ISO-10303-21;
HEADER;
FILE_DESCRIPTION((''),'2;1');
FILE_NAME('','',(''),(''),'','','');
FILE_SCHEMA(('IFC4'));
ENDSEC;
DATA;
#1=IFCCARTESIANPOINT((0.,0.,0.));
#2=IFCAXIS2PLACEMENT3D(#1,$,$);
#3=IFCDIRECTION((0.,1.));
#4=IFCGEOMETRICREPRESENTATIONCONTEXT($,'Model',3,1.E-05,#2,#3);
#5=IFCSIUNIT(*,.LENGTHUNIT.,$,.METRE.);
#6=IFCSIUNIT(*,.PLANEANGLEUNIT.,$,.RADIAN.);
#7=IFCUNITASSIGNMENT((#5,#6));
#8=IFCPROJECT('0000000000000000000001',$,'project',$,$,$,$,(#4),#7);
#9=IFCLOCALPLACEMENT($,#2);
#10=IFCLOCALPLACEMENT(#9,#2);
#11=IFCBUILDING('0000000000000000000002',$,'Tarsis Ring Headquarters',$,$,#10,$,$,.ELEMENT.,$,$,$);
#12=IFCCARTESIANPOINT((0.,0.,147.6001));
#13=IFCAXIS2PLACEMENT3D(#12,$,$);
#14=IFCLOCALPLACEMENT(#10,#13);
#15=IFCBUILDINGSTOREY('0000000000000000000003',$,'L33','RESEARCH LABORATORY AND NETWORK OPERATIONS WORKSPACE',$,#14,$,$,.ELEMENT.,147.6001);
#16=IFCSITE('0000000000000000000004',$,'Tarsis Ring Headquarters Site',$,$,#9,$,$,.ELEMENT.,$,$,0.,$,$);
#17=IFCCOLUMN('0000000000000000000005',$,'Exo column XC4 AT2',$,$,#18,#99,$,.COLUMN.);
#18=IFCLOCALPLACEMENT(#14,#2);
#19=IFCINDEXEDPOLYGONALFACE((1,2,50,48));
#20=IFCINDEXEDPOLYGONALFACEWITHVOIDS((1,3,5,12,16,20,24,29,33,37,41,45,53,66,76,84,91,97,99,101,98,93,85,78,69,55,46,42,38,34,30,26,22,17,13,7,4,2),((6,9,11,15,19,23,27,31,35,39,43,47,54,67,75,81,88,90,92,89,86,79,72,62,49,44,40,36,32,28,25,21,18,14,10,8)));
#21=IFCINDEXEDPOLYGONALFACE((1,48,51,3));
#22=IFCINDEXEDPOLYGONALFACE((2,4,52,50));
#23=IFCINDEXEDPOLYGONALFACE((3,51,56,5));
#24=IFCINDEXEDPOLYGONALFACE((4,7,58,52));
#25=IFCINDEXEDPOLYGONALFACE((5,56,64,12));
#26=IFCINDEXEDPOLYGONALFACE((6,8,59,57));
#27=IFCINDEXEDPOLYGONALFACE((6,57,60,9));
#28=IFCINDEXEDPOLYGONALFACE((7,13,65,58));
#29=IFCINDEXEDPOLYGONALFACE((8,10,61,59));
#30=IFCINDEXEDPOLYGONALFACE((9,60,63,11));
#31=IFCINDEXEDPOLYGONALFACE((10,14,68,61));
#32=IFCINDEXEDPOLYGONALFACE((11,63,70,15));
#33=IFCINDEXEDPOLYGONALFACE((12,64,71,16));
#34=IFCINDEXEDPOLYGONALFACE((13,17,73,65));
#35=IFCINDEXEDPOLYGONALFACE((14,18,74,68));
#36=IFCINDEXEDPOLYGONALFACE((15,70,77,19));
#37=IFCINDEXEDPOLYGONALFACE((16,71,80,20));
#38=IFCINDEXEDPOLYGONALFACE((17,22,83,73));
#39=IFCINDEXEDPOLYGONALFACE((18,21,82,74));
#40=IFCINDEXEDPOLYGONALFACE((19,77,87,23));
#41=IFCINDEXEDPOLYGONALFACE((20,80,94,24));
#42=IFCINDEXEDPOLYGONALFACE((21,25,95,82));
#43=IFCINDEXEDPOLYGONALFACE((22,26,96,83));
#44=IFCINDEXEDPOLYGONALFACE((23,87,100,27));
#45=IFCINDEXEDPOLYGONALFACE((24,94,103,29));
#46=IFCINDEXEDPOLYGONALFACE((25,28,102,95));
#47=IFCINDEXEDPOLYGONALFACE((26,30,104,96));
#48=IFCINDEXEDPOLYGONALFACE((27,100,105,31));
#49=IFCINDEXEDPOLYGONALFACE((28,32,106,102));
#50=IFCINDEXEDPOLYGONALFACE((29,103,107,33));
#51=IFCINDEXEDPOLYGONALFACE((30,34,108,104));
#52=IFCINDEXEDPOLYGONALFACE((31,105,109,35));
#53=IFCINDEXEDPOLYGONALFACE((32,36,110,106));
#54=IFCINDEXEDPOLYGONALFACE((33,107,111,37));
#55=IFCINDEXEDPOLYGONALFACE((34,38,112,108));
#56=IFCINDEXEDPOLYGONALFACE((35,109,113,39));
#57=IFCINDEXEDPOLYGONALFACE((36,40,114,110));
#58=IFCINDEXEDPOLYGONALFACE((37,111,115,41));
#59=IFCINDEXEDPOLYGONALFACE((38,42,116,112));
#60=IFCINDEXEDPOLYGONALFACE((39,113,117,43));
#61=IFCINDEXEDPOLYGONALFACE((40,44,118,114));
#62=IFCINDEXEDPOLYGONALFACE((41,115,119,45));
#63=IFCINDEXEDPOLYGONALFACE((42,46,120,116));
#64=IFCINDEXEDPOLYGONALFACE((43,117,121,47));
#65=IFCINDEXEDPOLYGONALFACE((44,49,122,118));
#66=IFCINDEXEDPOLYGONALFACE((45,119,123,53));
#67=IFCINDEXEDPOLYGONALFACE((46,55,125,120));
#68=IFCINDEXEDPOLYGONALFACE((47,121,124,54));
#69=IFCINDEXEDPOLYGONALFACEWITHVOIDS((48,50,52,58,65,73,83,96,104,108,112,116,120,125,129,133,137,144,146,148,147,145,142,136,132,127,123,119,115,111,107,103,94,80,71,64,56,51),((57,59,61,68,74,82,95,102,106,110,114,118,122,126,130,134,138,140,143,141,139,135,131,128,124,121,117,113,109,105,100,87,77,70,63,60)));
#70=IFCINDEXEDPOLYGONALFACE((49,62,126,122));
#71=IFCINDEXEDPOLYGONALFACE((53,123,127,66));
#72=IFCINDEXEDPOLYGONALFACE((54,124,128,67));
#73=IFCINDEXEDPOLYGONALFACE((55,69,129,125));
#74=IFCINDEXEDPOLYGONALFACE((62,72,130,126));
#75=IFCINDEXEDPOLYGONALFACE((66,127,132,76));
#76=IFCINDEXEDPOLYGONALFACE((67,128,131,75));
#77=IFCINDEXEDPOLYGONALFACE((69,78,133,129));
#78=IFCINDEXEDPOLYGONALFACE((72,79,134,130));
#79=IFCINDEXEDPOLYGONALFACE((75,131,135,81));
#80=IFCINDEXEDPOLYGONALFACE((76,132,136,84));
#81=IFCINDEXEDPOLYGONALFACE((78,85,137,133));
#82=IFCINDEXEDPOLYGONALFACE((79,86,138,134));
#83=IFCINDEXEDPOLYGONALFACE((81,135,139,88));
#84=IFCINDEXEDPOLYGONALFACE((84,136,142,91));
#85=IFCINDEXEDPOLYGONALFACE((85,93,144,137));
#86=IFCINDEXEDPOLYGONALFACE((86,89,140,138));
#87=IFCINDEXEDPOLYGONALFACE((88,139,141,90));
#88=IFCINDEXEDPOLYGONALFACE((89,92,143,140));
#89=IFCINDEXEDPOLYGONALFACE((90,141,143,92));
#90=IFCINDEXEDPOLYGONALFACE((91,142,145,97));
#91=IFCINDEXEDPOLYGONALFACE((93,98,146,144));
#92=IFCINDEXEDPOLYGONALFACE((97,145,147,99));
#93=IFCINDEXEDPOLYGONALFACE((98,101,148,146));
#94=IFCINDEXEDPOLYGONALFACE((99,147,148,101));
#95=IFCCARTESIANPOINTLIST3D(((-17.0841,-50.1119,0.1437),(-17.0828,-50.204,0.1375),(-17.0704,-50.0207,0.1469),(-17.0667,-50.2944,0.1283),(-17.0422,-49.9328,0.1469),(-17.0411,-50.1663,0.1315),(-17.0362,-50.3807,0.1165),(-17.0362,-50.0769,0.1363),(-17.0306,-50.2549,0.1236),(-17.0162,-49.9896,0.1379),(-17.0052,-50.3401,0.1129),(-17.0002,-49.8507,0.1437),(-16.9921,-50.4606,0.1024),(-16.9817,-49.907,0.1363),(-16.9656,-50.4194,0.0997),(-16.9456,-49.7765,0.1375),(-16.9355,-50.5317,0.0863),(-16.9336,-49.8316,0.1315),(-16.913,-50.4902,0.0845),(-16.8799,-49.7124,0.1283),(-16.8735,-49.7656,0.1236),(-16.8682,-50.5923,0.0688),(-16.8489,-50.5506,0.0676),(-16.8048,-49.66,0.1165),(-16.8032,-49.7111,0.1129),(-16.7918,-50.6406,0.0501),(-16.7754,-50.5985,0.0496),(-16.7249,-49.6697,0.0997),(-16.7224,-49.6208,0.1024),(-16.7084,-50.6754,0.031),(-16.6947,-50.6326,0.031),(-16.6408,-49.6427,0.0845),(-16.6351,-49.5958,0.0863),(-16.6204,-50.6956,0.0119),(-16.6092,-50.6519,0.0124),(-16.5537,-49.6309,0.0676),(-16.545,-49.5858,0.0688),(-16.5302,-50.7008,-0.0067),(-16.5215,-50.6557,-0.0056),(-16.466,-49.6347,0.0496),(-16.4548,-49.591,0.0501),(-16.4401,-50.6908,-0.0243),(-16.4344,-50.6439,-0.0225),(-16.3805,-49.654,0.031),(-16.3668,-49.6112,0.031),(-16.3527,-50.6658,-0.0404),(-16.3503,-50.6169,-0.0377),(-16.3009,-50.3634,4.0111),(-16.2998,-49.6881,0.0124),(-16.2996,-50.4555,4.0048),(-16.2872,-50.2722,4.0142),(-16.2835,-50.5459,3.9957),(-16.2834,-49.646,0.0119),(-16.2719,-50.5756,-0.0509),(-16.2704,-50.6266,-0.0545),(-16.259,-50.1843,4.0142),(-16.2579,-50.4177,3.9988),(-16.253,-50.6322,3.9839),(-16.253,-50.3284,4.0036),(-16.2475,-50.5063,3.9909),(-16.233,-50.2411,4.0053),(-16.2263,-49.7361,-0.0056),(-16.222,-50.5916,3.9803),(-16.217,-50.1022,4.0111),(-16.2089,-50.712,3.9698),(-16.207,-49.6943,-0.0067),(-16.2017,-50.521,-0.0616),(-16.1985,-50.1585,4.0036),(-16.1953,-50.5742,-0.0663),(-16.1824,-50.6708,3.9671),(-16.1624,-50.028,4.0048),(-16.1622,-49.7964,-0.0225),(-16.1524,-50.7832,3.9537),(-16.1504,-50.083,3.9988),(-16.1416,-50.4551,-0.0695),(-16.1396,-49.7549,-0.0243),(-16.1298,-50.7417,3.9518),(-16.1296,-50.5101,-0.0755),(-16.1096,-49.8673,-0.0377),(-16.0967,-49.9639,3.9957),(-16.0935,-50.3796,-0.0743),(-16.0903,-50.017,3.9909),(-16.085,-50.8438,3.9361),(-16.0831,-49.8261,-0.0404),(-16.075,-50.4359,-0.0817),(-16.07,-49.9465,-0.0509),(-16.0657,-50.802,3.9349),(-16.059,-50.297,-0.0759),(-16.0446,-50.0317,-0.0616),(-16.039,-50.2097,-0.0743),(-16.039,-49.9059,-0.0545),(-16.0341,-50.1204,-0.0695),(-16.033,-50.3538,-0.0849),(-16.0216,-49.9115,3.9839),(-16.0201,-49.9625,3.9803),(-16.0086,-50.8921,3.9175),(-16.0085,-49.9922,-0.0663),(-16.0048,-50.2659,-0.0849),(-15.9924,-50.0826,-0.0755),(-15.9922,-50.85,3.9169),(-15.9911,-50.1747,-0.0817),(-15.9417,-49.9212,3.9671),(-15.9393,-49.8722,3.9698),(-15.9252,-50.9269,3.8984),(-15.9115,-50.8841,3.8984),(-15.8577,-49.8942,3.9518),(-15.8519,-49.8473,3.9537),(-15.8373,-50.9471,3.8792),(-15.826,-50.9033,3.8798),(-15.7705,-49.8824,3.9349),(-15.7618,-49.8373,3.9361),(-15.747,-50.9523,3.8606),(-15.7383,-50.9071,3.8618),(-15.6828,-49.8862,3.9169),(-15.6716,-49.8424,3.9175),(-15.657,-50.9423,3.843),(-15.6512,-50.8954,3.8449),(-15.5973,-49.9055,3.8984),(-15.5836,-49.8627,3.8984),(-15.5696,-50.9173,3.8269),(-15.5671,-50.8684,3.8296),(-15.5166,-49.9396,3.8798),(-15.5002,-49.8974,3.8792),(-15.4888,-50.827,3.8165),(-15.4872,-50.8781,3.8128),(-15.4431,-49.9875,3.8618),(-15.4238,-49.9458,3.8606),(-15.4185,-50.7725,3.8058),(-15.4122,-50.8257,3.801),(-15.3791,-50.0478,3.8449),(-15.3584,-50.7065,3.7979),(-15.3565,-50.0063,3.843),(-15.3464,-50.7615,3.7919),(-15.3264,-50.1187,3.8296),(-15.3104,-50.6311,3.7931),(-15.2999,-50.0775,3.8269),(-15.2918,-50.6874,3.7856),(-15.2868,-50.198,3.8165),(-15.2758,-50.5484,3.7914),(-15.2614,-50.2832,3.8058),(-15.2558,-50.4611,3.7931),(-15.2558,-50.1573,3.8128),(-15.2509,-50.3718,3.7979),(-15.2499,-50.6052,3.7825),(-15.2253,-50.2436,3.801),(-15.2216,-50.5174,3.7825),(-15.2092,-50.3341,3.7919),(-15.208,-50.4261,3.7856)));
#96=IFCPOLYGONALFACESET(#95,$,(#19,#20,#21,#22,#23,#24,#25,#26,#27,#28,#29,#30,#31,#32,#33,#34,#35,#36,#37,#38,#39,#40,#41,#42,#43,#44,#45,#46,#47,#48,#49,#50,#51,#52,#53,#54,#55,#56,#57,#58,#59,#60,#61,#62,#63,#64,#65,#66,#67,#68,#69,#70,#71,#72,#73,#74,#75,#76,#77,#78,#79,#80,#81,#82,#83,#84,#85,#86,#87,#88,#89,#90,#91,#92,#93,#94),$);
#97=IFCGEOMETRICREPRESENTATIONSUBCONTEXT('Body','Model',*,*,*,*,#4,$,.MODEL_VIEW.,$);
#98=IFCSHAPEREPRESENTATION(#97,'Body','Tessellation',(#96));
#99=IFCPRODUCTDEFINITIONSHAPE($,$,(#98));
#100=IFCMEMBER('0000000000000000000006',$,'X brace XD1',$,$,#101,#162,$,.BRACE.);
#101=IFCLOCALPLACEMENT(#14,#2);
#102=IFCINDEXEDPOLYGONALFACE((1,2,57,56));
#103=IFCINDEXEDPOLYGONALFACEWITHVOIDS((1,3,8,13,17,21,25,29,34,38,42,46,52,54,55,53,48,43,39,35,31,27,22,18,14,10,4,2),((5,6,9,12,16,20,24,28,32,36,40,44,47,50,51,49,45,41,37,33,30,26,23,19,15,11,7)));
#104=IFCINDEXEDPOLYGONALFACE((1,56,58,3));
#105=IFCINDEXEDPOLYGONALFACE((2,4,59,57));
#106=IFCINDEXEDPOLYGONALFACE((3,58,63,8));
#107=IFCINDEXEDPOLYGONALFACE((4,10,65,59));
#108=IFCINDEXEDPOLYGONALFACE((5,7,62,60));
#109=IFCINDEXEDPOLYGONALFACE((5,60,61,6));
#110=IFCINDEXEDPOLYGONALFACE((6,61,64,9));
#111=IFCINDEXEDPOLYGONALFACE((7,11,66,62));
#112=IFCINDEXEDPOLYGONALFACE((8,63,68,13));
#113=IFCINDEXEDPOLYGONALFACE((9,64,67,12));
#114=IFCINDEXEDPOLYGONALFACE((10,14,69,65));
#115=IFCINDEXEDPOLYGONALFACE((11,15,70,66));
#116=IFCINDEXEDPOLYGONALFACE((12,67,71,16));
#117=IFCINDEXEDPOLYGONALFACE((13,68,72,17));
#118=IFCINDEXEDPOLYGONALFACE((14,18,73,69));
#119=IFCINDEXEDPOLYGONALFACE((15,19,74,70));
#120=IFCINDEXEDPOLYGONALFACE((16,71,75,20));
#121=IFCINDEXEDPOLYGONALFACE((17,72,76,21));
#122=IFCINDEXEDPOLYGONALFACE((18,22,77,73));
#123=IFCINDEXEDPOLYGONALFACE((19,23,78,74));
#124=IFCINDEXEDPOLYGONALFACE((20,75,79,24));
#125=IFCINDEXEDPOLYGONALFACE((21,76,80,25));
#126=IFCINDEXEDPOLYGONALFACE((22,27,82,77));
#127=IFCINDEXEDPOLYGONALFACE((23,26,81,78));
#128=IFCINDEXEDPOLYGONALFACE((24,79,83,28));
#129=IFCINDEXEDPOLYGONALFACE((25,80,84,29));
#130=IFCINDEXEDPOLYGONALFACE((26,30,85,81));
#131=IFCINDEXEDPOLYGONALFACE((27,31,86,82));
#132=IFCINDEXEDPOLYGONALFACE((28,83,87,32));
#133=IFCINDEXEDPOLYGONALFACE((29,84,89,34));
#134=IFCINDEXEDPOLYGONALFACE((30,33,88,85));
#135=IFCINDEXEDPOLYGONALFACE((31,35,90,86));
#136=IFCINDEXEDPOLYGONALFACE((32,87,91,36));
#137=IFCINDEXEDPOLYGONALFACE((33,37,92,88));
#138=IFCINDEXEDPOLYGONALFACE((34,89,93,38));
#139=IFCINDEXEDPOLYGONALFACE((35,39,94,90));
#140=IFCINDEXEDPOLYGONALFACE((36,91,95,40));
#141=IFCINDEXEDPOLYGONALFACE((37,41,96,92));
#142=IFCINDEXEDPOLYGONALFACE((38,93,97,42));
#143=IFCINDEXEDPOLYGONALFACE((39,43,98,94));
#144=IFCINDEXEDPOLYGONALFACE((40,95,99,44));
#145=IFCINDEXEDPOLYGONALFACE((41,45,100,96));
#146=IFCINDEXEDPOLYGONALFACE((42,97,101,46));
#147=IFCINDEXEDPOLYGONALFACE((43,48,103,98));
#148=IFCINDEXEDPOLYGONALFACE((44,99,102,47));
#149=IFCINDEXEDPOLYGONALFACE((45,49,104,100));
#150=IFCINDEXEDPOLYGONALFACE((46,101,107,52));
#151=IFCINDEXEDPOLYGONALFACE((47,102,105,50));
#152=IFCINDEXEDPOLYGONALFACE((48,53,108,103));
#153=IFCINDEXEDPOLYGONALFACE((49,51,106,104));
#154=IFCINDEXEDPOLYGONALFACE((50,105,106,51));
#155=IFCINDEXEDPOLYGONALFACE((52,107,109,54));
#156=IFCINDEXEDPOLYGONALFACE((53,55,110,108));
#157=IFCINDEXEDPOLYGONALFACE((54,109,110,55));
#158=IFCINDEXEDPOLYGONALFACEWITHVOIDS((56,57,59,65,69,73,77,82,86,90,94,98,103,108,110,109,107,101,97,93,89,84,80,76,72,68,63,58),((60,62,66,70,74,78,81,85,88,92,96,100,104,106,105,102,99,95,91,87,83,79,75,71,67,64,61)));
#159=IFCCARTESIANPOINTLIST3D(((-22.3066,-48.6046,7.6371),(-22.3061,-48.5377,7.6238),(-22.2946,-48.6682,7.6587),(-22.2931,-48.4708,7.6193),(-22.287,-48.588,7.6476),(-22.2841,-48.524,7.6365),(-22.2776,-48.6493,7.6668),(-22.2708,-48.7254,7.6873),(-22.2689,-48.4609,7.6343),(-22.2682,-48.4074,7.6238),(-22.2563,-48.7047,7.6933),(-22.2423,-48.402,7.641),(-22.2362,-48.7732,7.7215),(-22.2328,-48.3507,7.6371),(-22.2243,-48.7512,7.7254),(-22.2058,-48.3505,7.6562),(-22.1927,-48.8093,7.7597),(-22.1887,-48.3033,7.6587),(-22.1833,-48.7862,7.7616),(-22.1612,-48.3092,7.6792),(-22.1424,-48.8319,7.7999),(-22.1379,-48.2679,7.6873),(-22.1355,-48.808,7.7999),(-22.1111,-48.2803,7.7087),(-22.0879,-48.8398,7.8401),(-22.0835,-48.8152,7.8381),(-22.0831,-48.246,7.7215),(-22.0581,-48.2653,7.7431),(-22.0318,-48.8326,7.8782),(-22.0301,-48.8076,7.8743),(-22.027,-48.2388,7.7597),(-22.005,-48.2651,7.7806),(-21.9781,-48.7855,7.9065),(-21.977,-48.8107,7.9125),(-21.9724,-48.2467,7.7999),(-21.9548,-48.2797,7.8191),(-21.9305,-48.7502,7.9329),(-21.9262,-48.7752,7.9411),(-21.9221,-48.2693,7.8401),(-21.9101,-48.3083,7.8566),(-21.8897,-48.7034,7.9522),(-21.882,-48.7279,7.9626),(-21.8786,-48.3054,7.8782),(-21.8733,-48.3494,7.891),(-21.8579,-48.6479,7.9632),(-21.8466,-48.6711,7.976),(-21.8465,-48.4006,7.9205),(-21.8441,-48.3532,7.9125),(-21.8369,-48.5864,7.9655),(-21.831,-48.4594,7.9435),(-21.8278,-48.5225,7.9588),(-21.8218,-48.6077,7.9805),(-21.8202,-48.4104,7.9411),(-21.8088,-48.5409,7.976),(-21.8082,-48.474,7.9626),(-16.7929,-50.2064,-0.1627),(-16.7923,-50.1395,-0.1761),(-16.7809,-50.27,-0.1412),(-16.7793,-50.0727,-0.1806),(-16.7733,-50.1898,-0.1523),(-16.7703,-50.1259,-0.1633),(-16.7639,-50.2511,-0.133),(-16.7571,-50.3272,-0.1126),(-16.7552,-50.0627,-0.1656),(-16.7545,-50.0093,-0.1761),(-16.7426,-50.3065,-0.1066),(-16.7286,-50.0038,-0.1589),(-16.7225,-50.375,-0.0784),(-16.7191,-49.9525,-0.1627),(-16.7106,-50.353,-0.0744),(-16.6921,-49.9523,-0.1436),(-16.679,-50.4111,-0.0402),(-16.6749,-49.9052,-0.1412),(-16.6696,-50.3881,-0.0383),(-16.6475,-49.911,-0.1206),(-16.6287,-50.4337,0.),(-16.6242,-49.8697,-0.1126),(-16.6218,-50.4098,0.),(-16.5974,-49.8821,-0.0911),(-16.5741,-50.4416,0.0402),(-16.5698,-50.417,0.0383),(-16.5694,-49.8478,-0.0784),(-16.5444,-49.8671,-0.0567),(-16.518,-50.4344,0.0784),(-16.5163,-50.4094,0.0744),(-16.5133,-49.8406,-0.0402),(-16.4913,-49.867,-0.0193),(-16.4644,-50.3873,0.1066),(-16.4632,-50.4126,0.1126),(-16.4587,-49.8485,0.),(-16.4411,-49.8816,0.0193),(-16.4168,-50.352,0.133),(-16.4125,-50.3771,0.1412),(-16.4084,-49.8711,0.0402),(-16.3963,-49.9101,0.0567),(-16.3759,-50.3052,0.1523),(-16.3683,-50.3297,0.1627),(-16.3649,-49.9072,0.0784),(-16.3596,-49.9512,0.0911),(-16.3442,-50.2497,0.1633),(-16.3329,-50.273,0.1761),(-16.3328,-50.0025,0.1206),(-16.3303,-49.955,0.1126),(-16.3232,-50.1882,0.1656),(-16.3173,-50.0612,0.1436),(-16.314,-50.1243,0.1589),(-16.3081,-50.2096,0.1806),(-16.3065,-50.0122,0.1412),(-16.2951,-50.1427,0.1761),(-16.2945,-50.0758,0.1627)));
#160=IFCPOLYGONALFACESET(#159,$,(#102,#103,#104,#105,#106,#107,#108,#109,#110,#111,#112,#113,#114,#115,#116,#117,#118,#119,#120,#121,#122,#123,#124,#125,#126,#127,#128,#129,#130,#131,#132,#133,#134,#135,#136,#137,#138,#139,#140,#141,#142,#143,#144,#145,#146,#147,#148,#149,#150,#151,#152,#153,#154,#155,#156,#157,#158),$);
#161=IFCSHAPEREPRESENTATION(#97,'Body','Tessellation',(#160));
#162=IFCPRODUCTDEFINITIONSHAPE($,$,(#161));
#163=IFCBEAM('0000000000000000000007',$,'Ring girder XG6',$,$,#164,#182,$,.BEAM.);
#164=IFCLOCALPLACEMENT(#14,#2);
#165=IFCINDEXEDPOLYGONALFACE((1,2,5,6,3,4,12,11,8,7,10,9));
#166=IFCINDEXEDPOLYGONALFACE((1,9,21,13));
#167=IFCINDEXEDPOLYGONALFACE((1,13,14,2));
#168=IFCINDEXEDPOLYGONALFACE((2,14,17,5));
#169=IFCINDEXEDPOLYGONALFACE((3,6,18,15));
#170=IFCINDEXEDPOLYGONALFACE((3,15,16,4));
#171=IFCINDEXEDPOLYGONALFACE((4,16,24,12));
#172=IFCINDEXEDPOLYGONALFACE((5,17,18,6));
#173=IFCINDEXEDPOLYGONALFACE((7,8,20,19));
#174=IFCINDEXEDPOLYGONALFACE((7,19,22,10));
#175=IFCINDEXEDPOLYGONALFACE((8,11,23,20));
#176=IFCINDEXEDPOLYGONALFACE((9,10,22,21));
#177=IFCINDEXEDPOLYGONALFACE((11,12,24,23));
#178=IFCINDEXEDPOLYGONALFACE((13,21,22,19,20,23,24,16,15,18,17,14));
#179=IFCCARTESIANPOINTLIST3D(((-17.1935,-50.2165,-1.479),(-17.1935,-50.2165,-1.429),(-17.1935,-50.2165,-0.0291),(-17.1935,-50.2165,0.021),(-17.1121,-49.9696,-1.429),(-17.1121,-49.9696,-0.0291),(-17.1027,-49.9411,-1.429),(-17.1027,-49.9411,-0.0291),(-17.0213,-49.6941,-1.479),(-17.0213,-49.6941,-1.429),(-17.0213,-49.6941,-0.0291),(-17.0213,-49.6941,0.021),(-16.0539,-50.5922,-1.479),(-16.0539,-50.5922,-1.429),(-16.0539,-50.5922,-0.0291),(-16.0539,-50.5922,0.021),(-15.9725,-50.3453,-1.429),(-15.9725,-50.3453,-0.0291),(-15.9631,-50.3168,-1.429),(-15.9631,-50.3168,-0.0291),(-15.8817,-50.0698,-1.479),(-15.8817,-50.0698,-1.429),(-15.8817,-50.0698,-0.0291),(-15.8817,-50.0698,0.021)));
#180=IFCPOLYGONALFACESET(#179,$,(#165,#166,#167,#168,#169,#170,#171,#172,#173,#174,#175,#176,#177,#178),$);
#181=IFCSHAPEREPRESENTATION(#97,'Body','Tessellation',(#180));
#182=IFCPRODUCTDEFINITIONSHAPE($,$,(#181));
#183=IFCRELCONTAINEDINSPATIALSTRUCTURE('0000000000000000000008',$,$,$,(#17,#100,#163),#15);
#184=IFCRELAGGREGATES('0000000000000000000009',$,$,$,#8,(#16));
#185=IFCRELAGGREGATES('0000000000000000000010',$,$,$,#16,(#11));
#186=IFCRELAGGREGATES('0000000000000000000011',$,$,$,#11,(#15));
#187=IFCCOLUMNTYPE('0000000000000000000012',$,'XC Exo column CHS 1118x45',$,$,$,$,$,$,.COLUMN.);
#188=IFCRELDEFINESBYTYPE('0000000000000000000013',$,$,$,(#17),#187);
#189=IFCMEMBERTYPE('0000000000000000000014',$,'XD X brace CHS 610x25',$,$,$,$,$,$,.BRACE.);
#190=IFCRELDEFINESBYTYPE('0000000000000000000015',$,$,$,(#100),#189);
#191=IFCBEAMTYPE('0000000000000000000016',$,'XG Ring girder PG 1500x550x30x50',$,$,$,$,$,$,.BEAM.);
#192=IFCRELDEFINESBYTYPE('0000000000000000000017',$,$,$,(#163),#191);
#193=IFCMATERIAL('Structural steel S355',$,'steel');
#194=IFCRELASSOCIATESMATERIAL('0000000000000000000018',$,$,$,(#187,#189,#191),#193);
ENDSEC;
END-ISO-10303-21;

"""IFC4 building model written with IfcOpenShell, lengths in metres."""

from ifc_helpers import new_model, si_unit, direction, frame, origin, origin_2d, place, context, subcontext, project, spatial, hollow_circle, i_section, extrude, material, material_profile, profile_set, type_object, element, save


model = new_model("IFC4")

# Units and contexts
model_context = context("Model", 3, precision=1e-05, world=origin(), true_north=direction((0.0, 1.0)))
body_context = subcontext(model_context, "Body", "Model", "MODEL_VIEW")
ifc_project = project(units=[si_unit("LENGTHUNIT", "METRE"), si_unit("PLANEANGLEUNIT", "RADIAN")], contexts=[model_context])

# Site, building, storey
site_placement = place(None, origin())
site = spatial("IfcSite", under=ifc_project, at=site_placement, Name="Tarsis Ring Headquarters Site", CompositionType="ELEMENT", RefElevation=0.0)
building_placement = place(site_placement, origin())
building = spatial("IfcBuilding", under=site, at=building_placement, Name="Tarsis Ring Headquarters", CompositionType="ELEMENT")
storey_placement = place(building_placement, frame((0.0, 0.0, 147.6001)))
storey = spatial("IfcBuildingStorey", under=building, at=storey_placement, Name="L33", Description="RESEARCH LABORATORY AND NETWORK OPERATIONS WORKSPACE", CompositionType="ELEMENT", Elevation=147.6001)

# Column
ifc_material_1 = material(Name="Structural steel S355", Category="steel")
ifc_material_profile_1 = material_profile(ifc_material_1, hollow_circle(Radius=0.5588, WallThickness=0.0449, at=origin_2d()), Name="CHS 1118x45")
ifc_profile_set_1 = profile_set([ifc_material_profile_1], Name="Structural steel S355")
column_type = type_object("IfcColumnType", Name="XC Exo column CHS 1118x45", PredefinedType="COLUMN", material=ifc_profile_set_1)
column_placement = place(storey_placement, frame((-16.5376, -50.1433, 0.031), z_axis=(0.198082, -0.063598, 0.97812), x_axis=(0.305702, 0.952127, 0.0)))
element("IfcColumn", 1, at=column_placement, inside=storey, type_object=column_type, Name="Exo column XC4 AT2", PredefinedType="COLUMN", context=body_context, shape_type="SweptSolid", body=[
    extrude(hollow_circle(Radius=0.5588, WallThickness=0.0449, at=origin_2d()), origin(), (0.0, 0.0, 1.0), 3.9539),
])

# Member
ifc_material_profile_2 = material_profile(ifc_material_1, hollow_circle(Radius=0.3047, WallThickness=0.0249, at=origin_2d()), Name="CHS 610x25")
ifc_profile_set_2 = profile_set([ifc_material_profile_2], Name="Structural steel S355")
member_type = type_object("IfcMemberType", Name="XD X brace CHS 610x25", PredefinedType="BRACE", material=ifc_profile_set_2)
member_placement = place(storey_placement, frame((-16.5437, -50.1411, 0.0), z_axis=(-0.569288, 0.165387, 0.805331), x_axis=(-0.278981, -0.960297, 0.0)))
element("IfcMember", 2, at=member_placement, inside=storey, type_object=member_type, Name="X brace XD1", PredefinedType="BRACE", context=body_context, shape_type="SweptSolid", body=[
    extrude(hollow_circle(Radius=0.3047, WallThickness=0.0249, at=origin_2d()), origin(), (0.0, 0.0, 1.0), 9.6853),
])

# Beam
ifc_material_profile_3 = material_profile(ifc_material_1, i_section(OverallWidth=0.55, OverallDepth=1.5, WebThickness=0.03, FlangeThickness=0.05, at=origin_2d()), Name="PG 1500x550x30x50")
ifc_profile_set_3 = profile_set([ifc_material_profile_3], Name="Structural steel S355")
beam_type_1 = type_object("IfcBeamType", Name="XG Ring girder PG 1500x550x30x50", PredefinedType="BEAM", material=ifc_profile_set_3)
beam_1_placement = place(storey_placement, frame((-17.1074, -49.9553, -0.729), z_axis=(0.949716, -0.313113, 0.0), x_axis=(0.313113, 0.949716, 0.0)))
element("IfcBeam", 3, at=beam_1_placement, inside=storey, type_object=beam_type_1, Name="Ring girder XG6", PredefinedType="BEAM", context=body_context, shape_type="SweptSolid", body=[
    extrude(i_section(OverallWidth=0.55, OverallDepth=1.5, WebThickness=0.03, FlangeThickness=0.05, at=origin_2d()), origin(), (0.0, 0.0, 1.0), 1.2),
])

save(model, "model.ifc")
